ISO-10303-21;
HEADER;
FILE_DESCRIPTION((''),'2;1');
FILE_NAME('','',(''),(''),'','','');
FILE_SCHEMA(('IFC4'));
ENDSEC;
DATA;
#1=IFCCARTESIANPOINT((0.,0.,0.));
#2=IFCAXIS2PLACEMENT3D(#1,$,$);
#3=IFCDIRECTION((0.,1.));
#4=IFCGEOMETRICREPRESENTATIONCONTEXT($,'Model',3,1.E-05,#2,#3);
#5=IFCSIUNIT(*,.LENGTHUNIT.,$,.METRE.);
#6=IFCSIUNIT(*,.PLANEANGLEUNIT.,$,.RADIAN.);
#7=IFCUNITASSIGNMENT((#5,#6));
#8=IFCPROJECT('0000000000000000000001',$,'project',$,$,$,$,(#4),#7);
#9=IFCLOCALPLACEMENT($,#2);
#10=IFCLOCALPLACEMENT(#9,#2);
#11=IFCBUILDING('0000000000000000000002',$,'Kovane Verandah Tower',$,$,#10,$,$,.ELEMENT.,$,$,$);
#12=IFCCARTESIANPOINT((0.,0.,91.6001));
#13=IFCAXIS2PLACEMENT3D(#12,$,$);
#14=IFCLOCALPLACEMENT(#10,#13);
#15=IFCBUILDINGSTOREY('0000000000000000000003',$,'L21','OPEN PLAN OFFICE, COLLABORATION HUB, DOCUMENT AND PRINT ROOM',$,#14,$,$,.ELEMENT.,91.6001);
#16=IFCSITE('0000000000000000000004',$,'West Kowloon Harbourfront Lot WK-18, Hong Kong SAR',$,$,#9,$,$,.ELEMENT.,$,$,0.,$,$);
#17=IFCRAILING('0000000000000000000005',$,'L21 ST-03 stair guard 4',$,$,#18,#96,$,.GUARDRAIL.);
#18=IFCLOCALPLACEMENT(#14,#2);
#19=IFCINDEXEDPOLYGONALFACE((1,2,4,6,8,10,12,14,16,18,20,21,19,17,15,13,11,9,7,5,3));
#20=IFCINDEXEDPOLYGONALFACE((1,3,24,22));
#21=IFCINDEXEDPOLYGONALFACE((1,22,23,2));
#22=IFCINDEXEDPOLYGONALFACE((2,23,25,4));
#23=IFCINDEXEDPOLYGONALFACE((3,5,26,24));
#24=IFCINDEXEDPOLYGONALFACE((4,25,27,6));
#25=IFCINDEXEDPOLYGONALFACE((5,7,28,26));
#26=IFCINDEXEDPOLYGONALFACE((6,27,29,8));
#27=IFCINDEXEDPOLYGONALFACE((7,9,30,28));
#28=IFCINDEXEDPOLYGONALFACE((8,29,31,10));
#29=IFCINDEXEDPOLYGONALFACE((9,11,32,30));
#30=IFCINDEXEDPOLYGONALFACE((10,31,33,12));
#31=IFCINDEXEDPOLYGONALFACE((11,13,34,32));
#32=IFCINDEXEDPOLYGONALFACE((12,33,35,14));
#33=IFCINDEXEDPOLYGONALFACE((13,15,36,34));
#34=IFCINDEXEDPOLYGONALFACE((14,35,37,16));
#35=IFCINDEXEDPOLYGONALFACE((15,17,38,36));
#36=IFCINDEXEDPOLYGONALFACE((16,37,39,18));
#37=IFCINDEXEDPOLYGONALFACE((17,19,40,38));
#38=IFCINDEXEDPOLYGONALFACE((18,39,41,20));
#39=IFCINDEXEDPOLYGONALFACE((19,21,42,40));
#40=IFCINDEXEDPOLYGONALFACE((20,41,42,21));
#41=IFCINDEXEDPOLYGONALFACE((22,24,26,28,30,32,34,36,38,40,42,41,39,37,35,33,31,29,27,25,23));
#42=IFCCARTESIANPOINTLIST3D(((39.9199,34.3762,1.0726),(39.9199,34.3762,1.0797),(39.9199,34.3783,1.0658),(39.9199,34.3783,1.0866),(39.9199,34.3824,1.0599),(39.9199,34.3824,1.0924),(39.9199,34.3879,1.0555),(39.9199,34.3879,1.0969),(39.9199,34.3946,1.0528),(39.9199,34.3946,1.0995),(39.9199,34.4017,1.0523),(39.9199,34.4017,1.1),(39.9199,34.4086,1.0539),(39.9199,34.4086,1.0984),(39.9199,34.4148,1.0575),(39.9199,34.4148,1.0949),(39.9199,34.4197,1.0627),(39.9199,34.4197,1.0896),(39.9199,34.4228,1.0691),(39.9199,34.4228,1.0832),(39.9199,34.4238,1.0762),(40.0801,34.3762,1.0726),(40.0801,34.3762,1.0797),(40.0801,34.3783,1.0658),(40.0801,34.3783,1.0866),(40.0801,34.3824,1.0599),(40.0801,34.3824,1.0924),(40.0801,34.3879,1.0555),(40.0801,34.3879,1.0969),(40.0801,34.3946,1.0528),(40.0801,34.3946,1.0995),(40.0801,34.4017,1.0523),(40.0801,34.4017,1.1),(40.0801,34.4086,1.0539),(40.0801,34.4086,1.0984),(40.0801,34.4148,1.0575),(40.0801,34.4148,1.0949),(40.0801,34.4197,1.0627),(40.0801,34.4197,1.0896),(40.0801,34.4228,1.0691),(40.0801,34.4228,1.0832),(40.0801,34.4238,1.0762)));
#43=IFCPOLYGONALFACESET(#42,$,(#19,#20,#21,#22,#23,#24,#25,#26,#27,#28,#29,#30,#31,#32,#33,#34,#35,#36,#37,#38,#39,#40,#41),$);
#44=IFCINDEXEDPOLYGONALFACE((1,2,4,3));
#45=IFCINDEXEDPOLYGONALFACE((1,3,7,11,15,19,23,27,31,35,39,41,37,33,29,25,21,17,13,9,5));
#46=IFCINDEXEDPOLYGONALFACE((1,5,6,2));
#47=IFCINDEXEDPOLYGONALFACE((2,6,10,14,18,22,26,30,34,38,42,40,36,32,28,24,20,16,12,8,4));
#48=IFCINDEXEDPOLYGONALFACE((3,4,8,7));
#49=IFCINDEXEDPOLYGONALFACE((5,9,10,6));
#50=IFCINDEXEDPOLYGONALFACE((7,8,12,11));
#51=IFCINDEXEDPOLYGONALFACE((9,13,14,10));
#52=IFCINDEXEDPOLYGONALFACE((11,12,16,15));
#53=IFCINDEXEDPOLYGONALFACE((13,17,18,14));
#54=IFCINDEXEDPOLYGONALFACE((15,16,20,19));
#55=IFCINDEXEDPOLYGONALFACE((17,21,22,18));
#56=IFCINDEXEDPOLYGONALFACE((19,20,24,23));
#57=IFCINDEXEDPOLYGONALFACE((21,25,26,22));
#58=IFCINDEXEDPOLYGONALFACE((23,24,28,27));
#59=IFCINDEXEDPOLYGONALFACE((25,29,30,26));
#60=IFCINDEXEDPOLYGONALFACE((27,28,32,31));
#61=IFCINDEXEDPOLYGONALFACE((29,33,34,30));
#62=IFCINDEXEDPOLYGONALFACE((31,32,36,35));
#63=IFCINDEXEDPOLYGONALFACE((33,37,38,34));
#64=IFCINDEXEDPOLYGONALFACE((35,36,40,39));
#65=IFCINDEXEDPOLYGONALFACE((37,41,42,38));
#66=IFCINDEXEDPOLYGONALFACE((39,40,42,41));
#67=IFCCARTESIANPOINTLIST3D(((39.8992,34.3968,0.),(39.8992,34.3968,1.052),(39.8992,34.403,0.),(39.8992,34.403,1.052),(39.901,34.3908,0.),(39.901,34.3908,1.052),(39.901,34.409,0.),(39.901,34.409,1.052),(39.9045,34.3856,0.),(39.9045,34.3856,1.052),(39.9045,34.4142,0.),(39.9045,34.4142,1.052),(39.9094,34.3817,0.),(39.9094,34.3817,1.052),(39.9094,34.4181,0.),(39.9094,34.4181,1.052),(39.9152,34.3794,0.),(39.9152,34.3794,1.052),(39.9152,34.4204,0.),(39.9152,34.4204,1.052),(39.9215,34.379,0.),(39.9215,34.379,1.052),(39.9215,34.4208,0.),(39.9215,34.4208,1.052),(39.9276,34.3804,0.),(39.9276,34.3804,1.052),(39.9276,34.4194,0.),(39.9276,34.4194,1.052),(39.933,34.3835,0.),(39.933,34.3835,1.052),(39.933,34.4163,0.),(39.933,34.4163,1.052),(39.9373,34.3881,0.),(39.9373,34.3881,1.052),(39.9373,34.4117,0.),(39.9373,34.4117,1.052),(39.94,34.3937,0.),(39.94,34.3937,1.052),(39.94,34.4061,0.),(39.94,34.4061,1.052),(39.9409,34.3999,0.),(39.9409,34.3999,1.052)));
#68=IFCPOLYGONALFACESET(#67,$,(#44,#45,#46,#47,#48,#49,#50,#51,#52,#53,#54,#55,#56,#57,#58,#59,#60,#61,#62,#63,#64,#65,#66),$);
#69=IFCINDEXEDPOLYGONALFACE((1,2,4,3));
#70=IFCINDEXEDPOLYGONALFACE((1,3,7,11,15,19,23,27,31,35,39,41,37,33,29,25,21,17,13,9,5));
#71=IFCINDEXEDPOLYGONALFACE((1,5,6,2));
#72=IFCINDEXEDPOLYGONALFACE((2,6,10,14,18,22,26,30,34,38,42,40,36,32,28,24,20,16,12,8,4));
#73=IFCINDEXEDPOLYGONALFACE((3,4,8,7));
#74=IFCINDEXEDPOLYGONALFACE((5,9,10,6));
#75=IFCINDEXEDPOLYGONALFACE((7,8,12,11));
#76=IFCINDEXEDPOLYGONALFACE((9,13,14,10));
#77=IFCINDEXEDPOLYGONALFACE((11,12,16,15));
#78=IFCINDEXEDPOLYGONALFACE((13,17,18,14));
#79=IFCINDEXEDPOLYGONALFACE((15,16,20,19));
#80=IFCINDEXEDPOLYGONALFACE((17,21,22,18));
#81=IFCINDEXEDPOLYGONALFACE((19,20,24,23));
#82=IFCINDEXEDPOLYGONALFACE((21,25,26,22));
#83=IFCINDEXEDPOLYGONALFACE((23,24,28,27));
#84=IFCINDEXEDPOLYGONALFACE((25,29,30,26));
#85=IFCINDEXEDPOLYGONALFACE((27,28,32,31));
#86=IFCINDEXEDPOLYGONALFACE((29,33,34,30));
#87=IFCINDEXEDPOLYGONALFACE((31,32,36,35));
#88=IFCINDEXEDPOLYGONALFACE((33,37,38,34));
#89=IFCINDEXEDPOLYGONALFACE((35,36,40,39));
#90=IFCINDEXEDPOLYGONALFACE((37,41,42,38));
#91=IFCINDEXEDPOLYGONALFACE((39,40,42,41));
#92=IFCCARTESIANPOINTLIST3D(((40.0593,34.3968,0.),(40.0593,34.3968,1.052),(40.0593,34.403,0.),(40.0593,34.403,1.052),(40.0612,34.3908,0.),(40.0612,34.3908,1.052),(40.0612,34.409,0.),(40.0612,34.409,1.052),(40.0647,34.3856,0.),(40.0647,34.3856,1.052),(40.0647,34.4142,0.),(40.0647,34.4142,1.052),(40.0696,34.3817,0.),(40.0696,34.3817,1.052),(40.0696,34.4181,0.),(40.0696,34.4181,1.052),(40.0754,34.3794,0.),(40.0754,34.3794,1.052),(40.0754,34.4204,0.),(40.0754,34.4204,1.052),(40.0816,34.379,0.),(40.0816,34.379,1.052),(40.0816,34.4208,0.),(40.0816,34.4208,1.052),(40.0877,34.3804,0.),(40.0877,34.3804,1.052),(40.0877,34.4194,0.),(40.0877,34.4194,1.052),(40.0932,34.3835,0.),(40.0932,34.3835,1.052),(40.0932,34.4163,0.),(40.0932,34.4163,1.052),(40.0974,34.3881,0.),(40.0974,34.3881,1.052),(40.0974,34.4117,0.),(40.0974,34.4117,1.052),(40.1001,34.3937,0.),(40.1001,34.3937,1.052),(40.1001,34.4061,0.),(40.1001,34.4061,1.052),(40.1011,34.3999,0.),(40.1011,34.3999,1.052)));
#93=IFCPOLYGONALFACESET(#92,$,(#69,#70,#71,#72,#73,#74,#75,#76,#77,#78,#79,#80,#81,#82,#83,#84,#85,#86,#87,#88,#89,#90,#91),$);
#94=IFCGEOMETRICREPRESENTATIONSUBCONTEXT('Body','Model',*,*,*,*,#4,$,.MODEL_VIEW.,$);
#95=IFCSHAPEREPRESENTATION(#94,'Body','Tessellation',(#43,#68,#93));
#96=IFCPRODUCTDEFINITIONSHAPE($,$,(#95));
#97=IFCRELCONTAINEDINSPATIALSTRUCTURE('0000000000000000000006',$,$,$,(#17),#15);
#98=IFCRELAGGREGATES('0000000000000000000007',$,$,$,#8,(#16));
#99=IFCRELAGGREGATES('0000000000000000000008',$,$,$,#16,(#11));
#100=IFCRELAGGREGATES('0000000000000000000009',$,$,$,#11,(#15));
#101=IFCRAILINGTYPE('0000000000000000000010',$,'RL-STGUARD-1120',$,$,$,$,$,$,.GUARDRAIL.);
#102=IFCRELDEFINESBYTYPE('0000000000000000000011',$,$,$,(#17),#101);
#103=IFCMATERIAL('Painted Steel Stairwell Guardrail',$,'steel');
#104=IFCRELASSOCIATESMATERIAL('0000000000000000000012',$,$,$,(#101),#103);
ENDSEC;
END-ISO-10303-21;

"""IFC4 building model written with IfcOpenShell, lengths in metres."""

from ifc_helpers import new_model, si_unit, direction, frame, origin, origin_2d, place, context, subcontext, project, spatial, circle, extrude, material, type_object, element, save


model = new_model("IFC4")

# Units and contexts
model_context = context("Model", 3, precision=1e-05, world=origin(), true_north=direction((0.0, 1.0)))
body_context = subcontext(model_context, "Body", "Model", "MODEL_VIEW")
ifc_project = project(units=[si_unit("LENGTHUNIT", "METRE"), si_unit("PLANEANGLEUNIT", "RADIAN")], contexts=[model_context])

# Site, building, storey
site_placement = place(None, origin())
site = spatial("IfcSite", under=ifc_project, at=site_placement, Name="West Kowloon Harbourfront Lot WK-18, Hong Kong SAR", CompositionType="ELEMENT", RefElevation=0.0)
building_placement = place(site_placement, origin())
building = spatial("IfcBuilding", under=site, at=building_placement, Name="Kovane Verandah Tower", CompositionType="ELEMENT")
storey_placement = place(building_placement, frame((0.0, 0.0, 91.6001)))
storey = spatial("IfcBuildingStorey", under=building, at=storey_placement, Name="L21", Description="OPEN PLAN OFFICE, COLLABORATION HUB, DOCUMENT AND PRINT ROOM", CompositionType="ELEMENT", Elevation=91.6001)

# Railing
ifc_material_1 = material(Name="Painted Steel Stairwell Guardrail", Category="steel")
railing_type_1 = type_object("IfcRailingType", Name="RL-STGUARD-1120", PredefinedType="GUARDRAIL", material=ifc_material_1)
railing_1_placement = place(storey_placement, frame((39.9199, 34.3999, 0.0)))
element("IfcRailing", 1, at=railing_1_placement, inside=storey, type_object=railing_type_1, Name="L21 ST-03 stair guard 4", PredefinedType="GUARDRAIL", context=body_context, shape_type="SweptSolid", body=[
    extrude(circle(Radius=0.0239, at=origin_2d()), frame((0.0, 0.0, 1.0762), z_axis=(1.0, 0.0, 0.0), x_axis=(0.0, 1.0, 0.0)), (0.0, 0.0, 1.0), 0.1602),
    extrude(circle(Radius=0.021, at=origin_2d()), origin(), (0.0, 0.0, 1.0), 1.052),
    extrude(circle(Radius=0.021, at=origin_2d()), frame((0.1602, 0.0, 0.0)), (0.0, 0.0, 1.0), 1.052),
])

save(model, "model.ifc")
